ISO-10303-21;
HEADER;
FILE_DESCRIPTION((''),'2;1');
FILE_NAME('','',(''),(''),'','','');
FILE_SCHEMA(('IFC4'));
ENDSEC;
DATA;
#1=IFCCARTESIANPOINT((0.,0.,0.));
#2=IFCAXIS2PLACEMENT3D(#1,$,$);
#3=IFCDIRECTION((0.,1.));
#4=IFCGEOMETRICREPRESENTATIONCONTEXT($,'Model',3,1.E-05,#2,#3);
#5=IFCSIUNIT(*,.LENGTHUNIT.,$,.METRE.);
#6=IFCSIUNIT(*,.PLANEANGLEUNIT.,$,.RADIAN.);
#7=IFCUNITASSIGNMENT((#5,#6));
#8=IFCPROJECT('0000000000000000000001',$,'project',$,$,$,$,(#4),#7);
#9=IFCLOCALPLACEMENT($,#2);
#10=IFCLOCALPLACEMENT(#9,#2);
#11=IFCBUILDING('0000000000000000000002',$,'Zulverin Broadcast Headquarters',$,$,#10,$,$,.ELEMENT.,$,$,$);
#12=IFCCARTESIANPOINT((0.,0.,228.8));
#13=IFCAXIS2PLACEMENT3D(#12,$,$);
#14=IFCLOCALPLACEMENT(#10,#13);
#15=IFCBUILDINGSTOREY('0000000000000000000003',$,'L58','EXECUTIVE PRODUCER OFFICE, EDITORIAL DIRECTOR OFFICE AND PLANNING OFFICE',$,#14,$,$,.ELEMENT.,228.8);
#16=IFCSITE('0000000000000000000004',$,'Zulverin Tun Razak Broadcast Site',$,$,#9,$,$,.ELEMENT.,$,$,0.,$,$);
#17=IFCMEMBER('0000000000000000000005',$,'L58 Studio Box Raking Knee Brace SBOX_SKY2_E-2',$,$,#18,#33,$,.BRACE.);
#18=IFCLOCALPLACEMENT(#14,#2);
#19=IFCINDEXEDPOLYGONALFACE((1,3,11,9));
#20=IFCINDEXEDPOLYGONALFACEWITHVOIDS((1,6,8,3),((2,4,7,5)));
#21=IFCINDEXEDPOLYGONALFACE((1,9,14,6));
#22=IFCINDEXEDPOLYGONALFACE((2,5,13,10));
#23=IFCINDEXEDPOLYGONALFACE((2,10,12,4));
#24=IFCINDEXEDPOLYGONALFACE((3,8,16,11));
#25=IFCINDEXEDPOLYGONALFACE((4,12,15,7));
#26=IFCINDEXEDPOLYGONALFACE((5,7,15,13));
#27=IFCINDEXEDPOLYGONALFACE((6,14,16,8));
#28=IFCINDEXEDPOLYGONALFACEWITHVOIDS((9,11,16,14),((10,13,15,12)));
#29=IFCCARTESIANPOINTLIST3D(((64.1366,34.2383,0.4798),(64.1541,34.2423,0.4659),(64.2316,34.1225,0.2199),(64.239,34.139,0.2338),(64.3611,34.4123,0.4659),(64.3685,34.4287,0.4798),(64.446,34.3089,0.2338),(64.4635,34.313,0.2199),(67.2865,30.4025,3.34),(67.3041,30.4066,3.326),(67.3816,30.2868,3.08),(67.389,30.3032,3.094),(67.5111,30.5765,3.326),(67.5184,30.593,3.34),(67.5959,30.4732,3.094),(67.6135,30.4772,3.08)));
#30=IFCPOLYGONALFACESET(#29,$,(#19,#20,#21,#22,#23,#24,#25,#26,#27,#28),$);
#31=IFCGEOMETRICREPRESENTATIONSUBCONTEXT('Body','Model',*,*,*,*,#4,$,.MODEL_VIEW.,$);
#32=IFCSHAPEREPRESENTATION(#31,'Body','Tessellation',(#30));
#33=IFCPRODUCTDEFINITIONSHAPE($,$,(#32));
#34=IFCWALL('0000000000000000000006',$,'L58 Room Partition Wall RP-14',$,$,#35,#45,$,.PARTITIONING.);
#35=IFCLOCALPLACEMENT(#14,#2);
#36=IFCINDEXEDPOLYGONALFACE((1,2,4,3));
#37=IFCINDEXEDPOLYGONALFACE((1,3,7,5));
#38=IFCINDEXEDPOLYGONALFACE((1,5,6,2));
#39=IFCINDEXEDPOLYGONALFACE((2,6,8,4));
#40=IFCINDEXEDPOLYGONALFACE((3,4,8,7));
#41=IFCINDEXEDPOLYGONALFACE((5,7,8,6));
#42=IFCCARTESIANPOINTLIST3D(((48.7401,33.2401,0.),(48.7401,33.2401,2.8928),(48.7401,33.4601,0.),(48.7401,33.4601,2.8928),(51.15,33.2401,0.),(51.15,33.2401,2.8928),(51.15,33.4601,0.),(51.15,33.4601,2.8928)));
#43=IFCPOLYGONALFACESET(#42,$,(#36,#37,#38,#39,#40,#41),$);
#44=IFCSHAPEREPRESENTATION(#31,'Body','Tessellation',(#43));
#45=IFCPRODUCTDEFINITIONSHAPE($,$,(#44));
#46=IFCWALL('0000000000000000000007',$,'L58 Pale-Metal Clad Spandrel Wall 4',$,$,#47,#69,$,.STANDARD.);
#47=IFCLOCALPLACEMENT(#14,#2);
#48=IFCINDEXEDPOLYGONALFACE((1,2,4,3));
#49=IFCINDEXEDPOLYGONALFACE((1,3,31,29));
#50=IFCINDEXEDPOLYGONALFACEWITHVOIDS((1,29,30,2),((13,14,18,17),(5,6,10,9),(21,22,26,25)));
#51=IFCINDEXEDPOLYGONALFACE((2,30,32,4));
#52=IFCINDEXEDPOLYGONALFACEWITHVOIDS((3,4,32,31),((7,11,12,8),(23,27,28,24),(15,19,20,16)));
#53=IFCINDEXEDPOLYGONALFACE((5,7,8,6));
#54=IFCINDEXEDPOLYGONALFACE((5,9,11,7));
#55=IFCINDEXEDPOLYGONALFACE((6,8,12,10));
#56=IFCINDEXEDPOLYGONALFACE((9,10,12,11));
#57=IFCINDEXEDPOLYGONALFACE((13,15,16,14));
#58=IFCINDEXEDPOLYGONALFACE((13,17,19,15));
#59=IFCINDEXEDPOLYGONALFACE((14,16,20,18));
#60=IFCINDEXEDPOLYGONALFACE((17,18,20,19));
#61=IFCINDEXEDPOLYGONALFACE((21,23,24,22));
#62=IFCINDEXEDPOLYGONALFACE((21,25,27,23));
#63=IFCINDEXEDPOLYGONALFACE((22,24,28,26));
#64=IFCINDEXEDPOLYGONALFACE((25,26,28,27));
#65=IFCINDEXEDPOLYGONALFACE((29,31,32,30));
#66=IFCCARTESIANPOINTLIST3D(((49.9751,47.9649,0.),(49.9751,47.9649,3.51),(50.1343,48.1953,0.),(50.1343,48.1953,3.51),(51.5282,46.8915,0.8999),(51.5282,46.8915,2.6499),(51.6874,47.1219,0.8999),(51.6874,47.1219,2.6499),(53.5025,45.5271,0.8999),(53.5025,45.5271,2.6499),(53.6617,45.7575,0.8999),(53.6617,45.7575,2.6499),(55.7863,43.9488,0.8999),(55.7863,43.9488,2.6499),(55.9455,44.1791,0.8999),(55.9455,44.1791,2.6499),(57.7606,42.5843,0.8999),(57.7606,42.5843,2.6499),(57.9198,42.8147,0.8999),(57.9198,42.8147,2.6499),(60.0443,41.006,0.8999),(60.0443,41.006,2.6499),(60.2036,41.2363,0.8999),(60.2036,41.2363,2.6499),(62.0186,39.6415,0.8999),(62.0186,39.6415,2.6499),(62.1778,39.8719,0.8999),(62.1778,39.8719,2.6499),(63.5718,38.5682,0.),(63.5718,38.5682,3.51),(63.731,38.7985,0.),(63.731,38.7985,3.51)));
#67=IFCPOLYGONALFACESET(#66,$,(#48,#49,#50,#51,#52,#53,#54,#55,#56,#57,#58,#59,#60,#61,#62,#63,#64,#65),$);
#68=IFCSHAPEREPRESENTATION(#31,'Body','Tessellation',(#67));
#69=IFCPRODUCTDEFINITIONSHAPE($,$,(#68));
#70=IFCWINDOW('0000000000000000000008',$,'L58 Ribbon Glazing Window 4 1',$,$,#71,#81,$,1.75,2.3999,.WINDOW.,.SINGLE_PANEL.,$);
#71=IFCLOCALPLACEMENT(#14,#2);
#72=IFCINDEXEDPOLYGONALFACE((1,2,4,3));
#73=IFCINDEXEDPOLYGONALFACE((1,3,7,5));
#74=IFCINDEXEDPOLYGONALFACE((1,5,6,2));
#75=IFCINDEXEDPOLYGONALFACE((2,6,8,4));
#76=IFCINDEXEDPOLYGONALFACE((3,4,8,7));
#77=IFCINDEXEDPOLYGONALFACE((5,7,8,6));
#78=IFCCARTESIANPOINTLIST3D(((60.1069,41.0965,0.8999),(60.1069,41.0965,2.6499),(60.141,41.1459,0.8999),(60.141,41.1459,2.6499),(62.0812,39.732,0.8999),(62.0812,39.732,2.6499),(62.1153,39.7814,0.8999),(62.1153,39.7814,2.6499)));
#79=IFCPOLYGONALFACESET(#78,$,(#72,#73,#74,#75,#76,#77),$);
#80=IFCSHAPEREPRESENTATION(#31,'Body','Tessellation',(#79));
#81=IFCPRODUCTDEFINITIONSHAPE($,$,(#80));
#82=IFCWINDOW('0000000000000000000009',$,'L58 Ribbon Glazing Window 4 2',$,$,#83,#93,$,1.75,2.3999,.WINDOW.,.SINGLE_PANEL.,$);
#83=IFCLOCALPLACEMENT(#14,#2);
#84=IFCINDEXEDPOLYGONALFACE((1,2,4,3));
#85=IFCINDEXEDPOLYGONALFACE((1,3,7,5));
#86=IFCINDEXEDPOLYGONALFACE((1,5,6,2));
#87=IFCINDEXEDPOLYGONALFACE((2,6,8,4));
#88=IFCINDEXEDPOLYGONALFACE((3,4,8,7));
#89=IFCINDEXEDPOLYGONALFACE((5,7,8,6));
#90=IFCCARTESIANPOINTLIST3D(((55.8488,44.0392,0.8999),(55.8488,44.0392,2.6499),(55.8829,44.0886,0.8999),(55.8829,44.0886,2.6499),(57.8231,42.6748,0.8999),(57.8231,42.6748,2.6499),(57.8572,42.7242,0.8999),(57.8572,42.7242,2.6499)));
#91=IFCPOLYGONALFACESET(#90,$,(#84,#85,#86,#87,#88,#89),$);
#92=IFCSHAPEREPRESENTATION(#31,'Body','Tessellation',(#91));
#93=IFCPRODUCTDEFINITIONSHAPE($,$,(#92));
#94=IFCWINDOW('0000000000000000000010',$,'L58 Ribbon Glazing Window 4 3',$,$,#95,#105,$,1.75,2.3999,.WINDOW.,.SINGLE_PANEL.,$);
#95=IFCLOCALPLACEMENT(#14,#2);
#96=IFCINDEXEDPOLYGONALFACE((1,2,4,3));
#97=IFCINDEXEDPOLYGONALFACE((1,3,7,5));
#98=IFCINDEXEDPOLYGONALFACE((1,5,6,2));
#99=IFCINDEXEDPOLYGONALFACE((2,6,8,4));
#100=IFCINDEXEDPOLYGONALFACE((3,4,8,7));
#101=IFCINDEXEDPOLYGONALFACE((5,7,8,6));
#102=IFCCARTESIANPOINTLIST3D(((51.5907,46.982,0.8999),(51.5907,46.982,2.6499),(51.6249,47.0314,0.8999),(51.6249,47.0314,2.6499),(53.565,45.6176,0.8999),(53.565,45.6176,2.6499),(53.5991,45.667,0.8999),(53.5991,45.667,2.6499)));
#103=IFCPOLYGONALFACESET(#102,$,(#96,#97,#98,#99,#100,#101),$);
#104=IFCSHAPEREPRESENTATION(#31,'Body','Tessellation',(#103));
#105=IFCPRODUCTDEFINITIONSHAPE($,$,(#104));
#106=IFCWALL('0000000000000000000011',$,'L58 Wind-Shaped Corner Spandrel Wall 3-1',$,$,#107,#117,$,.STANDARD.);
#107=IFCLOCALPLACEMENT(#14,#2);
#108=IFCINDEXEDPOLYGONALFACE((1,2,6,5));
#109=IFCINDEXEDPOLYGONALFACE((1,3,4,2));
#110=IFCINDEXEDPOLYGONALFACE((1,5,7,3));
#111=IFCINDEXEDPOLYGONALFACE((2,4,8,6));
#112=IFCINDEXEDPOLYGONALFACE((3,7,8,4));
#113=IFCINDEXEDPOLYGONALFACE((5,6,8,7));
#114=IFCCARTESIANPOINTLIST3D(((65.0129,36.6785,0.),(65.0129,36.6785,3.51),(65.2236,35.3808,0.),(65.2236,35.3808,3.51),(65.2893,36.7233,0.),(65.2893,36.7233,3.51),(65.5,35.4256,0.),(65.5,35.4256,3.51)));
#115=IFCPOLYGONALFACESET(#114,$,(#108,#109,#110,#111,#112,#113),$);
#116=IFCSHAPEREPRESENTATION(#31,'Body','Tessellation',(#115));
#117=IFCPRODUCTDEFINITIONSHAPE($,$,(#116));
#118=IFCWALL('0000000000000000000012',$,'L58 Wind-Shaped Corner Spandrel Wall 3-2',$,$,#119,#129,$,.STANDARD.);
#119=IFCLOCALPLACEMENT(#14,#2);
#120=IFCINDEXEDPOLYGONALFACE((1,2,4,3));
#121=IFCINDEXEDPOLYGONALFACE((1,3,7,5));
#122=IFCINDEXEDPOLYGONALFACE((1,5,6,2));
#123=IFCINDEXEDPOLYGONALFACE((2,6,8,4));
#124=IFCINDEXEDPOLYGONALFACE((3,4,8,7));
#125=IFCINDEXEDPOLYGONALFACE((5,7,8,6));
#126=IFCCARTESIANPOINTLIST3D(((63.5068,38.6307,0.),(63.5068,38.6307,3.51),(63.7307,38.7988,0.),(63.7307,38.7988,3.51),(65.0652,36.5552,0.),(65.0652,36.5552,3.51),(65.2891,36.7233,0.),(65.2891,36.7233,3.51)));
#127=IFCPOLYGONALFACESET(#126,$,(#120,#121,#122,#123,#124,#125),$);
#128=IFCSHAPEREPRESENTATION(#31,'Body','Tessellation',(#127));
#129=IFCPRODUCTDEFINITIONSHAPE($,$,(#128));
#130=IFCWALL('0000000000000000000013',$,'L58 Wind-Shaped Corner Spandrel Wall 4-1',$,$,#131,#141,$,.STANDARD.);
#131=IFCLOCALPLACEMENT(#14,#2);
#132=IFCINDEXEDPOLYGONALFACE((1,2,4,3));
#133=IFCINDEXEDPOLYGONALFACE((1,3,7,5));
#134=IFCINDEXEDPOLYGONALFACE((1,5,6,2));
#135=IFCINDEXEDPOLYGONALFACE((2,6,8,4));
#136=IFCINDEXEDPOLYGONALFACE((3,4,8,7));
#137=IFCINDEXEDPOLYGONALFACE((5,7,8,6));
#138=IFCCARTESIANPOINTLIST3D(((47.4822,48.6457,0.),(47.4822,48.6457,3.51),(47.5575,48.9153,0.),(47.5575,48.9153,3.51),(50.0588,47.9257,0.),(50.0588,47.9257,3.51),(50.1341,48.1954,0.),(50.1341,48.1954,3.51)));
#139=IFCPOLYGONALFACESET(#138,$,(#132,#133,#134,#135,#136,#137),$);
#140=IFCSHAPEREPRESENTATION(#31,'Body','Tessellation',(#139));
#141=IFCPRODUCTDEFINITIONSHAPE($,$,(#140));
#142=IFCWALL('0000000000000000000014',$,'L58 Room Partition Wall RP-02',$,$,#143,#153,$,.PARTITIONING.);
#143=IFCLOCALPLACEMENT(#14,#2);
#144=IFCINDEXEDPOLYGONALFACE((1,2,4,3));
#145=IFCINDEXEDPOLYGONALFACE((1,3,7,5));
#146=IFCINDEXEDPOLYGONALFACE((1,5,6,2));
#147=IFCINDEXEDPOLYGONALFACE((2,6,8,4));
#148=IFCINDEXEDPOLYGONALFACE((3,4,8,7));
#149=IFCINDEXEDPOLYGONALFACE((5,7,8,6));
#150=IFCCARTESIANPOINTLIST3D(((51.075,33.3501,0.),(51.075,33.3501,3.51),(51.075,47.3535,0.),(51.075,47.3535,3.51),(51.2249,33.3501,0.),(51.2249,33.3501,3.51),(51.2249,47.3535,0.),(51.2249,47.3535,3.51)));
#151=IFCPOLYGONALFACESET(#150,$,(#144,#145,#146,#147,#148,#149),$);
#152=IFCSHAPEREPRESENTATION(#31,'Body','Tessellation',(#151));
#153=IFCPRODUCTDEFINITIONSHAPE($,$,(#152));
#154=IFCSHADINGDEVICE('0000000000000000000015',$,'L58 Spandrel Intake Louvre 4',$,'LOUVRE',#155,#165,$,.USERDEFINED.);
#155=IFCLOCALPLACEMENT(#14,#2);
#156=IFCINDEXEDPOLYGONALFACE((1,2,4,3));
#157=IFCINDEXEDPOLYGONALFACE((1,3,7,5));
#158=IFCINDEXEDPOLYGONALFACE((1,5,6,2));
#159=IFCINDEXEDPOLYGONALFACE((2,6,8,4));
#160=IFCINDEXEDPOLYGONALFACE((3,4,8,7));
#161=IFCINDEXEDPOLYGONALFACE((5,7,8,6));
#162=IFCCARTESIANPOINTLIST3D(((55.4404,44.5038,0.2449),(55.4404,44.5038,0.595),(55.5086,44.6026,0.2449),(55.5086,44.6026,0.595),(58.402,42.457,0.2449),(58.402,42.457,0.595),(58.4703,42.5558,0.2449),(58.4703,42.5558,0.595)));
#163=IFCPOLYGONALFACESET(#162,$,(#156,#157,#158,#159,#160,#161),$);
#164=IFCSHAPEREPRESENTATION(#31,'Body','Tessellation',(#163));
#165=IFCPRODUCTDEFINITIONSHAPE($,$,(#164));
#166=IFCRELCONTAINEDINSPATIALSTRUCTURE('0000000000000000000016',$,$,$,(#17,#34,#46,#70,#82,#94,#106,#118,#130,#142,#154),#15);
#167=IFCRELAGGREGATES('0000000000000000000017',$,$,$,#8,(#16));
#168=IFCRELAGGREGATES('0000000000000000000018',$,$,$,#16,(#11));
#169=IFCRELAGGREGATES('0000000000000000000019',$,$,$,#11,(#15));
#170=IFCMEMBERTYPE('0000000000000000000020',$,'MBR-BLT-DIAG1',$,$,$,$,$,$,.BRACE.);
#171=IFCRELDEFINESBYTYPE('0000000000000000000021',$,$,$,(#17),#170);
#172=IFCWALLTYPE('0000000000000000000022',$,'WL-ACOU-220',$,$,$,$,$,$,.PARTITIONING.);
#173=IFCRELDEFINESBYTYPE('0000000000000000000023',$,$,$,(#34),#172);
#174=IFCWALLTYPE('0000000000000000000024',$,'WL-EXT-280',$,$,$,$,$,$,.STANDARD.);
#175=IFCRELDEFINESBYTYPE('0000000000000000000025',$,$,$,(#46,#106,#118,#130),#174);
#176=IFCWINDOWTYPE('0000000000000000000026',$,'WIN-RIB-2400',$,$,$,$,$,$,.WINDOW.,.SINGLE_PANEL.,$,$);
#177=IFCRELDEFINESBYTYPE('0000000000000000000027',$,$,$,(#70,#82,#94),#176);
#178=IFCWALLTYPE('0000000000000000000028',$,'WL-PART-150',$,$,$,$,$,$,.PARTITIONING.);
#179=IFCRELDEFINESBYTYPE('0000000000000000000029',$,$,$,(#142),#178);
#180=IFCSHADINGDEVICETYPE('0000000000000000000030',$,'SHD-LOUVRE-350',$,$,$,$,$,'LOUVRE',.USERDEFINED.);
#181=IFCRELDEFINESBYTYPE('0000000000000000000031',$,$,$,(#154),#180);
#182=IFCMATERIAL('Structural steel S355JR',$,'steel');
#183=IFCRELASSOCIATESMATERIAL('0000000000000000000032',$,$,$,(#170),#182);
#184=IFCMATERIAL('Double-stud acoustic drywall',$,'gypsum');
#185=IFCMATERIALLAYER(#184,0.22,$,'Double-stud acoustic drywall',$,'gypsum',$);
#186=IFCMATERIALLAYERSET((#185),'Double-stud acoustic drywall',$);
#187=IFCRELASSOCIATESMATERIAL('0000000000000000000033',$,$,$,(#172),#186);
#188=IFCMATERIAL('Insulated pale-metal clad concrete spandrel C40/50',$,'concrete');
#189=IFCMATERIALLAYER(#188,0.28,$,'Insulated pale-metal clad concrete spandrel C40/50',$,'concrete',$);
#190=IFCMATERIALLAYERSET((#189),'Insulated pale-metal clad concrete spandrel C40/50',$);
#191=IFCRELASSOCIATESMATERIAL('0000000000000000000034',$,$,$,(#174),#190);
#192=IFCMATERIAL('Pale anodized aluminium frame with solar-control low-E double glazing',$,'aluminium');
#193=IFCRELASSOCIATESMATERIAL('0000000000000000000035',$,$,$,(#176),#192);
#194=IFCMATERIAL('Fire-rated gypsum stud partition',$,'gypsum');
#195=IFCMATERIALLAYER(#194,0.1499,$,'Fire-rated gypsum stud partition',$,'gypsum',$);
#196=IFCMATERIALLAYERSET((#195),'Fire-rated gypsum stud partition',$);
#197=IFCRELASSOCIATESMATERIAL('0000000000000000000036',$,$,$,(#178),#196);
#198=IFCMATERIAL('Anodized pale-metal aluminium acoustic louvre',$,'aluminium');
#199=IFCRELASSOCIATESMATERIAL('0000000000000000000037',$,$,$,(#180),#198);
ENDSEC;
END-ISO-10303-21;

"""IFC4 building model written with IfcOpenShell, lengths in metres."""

from ifc_helpers import new_model, si_unit, direction, frame, frame_2d, origin, origin_2d, place, context, subcontext, project, spatial, rectangle, hollow_rectangle, extrude, material, layer, layer_set, material_profile, profile_set, type_object, element, fill, save


model = new_model("IFC4")

# Units and contexts
model_context = context("Model", 3, precision=1e-05, world=origin(), true_north=direction((0.0, 1.0)))
body_context = subcontext(model_context, "Body", "Model", "MODEL_VIEW")
ifc_project = project(units=[si_unit("LENGTHUNIT", "METRE"), si_unit("PLANEANGLEUNIT", "RADIAN")], contexts=[model_context])

# Site, building, storey
site_placement = place(None, origin())
site = spatial("IfcSite", under=ifc_project, at=site_placement, Name="Zulverin Tun Razak Broadcast Site", CompositionType="ELEMENT", RefElevation=0.0)
building_placement = place(site_placement, origin())
building = spatial("IfcBuilding", under=site, at=building_placement, Name="Zulverin Broadcast Headquarters", CompositionType="ELEMENT")
storey_placement = place(building_placement, frame((0.0, 0.0, 228.8)))
storey = spatial("IfcBuildingStorey", under=building, at=storey_placement, Name="L58", Description="EXECUTIVE PRODUCER OFFICE, EDITORIAL DIRECTOR OFFICE AND PLANNING OFFICE", CompositionType="ELEMENT", Elevation=228.8)

# Shared definitions
ifc_material_1 = material(Name="Structural steel S355JR", Category="steel")

# Member
ifc_material_profile_1 = material_profile(ifc_material_1, hollow_rectangle(XDim=0.3, YDim=0.3, WallThickness=0.0161, at=origin_2d()), Name="Structural steel S355JR", Category="steel")
ifc_profile_set_1 = profile_set([ifc_material_profile_1], Name="Structural steel S355JR")
member_type = type_object("IfcMemberType", Name="MBR-BLT-DIAG1", PredefinedType="BRACE", material=ifc_profile_set_1)
member_placement = place(storey_placement, frame((64.3, 34.2756, 0.3499), z_axis=(0.549874, -0.669592, 0.499285), x_axis=(0.77281, 0.634638, 0.0)))
element("IfcMember", 1, at=member_placement, inside=storey, type_object=member_type, Name="L58 Studio Box Raking Knee Brace SBOX_SKY2_E-2", PredefinedType="BRACE", context=body_context, shape_type="SweptSolid", body=[
    extrude(hollow_rectangle(XDim=0.3, YDim=0.3, WallThickness=0.0161, at=origin_2d()), origin(), (0.0, 0.0, 1.0), 5.7285),
])

# Wall
ifc_material_2 = material(Name="Double-stud acoustic drywall", Category="gypsum")
ifc_layer_1 = layer(ifc_material_2, 0.22, Name="Double-stud acoustic drywall", Category="gypsum")
ifc_layer_set_1 = layer_set([ifc_layer_1], Name="Double-stud acoustic drywall")
wall_type_1 = type_object("IfcWallType", Name="WL-ACOU-220", PredefinedType="PARTITIONING", material=ifc_layer_set_1)
wall_1_placement = place(storey_placement, frame((48.74, 33.3501, 0.0), z_axis=(0.0, 0.0, 1.0), x_axis=(1.0, 0.0, 0.0)))
element("IfcWall", 2, at=wall_1_placement, inside=storey, type_object=wall_type_1, Name="L58 Room Partition Wall RP-14", PredefinedType="PARTITIONING", context=body_context, shape_type="SweptSolid", body=[
    extrude(rectangle(XDim=2.4099, YDim=0.22, at=frame_2d((1.2051, 0.0))), origin(), (0.0, 0.0, 1.0), 2.8928),
])

# Wall, openings, windows
ifc_material_3 = material(Name="Insulated pale-metal clad concrete spandrel C40/50", Category="concrete")
ifc_layer_2 = layer(ifc_material_3, 0.28, Name="Insulated pale-metal clad concrete spandrel C40/50", Category="concrete")
ifc_layer_set_2 = layer_set([ifc_layer_2], Name="Insulated pale-metal clad concrete spandrel C40/50")
wall_type_2 = type_object("IfcWallType", Name="WL-EXT-280", PredefinedType="STANDARD", material=ifc_layer_set_2)
wall_2_placement = place(storey_placement, frame((63.6514, 38.6833, 0.0), z_axis=(0.0, 0.0, 1.0), x_axis=(-0.822655, 0.568541, 0.0)))
wall_2 = element("IfcWall", 3, at=wall_2_placement, inside=storey, type_object=wall_type_2, Name="L58 Pale-Metal Clad Spandrel Wall 4", PredefinedType="STANDARD", context=body_context, shape_type="SweptSolid", body=[
    extrude(rectangle(XDim=16.5278, YDim=0.28, at=frame_2d((8.2639, 0.0))), origin(), (0.0, 0.0, 1.0), 3.51),
])
opening_1_placement = place(wall_2_placement, frame((1.8879, 0.0, 0.8999)))
opening_1 = element("IfcOpeningElement", 4, at=opening_1_placement, cuts=wall_2, PredefinedType="OPENING", context=body_context, shape_type="SweptSolid", body=[
    extrude(rectangle(XDim=2.3999, YDim=1.75, at=frame_2d((1.2, 0.875))), frame((0.0, 0.1499, 0.0), z_axis=(0.0, -1.0, 0.0), x_axis=(1.0, 0.0, 0.0)), (0.0, 0.0, 1.0), 0.3),
])
opening_2_placement = place(wall_2_placement, frame((7.064, 0.0, 0.8999)))
opening_2 = element("IfcOpeningElement", 5, at=opening_2_placement, cuts=wall_2, PredefinedType="OPENING", context=body_context, shape_type="SweptSolid", body=[
    extrude(rectangle(XDim=2.3999, YDim=1.75, at=frame_2d((1.2, 0.875))), frame((0.0, 0.1499, 0.0), z_axis=(0.0, -1.0, 0.0), x_axis=(1.0, 0.0, 0.0)), (0.0, 0.0, 1.0), 0.3),
])
opening_3_placement = place(wall_2_placement, frame((12.24, 0.0, 0.8999)))
opening_3 = element("IfcOpeningElement", 6, at=opening_3_placement, cuts=wall_2, PredefinedType="OPENING", context=body_context, shape_type="SweptSolid", body=[
    extrude(rectangle(XDim=2.3999, YDim=1.75, at=frame_2d((1.2, 0.875))), frame((0.0, 0.1499, 0.0), z_axis=(0.0, -1.0, 0.0), x_axis=(1.0, 0.0, 0.0)), (0.0, 0.0, 1.0), 0.3),
])
ifc_material_4 = material(Name="Pale anodized aluminium frame with solar-control low-E double glazing", Category="aluminium")
window_type = type_object("IfcWindowType", Name="WIN-RIB-2400", PartitioningType="SINGLE_PANEL", PredefinedType="WINDOW", material=ifc_material_4)
window_1_placement = place(opening_1_placement, origin())
window_1 = element("IfcWindow", 7, at=window_1_placement, inside=storey, type_object=window_type, Name="L58 Ribbon Glazing Window 4 1", OverallHeight=1.75, OverallWidth=2.3999, PartitioningType="SINGLE_PANEL", PredefinedType="WINDOW", context=body_context, shape_type="SweptSolid", body=[
    extrude(rectangle(XDim=2.3999, YDim=1.75, at=frame_2d((1.2, 0.875))), frame((0.0, 0.03, 0.0), z_axis=(0.0, -1.0, 0.0), x_axis=(1.0, 0.0, 0.0)), (0.0, 0.0, 1.0), 0.0601),
])
fill(opening_1, window_1)
window_2_placement = place(opening_2_placement, origin())
window_2 = element("IfcWindow", 8, at=window_2_placement, inside=storey, type_object=window_type, Name="L58 Ribbon Glazing Window 4 2", OverallHeight=1.75, OverallWidth=2.3999, PartitioningType="SINGLE_PANEL", PredefinedType="WINDOW", context=body_context, shape_type="SweptSolid", body=[
    extrude(rectangle(XDim=2.3999, YDim=1.75, at=frame_2d((1.2, 0.875))), frame((0.0, 0.03, 0.0), z_axis=(0.0, -1.0, 0.0), x_axis=(1.0, 0.0, 0.0)), (0.0, 0.0, 1.0), 0.0601),
])
fill(opening_2, window_2)
window_3_placement = place(opening_3_placement, origin())
window_3 = element("IfcWindow", 9, at=window_3_placement, inside=storey, type_object=window_type, Name="L58 Ribbon Glazing Window 4 3", OverallHeight=1.75, OverallWidth=2.3999, PartitioningType="SINGLE_PANEL", PredefinedType="WINDOW", context=body_context, shape_type="SweptSolid", body=[
    extrude(rectangle(XDim=2.3999, YDim=1.75, at=frame_2d((1.2, 0.875))), frame((0.0, 0.03, 0.0), z_axis=(0.0, -1.0, 0.0), x_axis=(1.0, 0.0, 0.0)), (0.0, 0.0, 1.0), 0.0601),
])
fill(opening_3, window_3)

# Walls
wall_3_placement = place(storey_placement, frame((65.3618, 35.4033, 0.0), z_axis=(0.0, 0.0, 1.0), x_axis=(-0.160272, 0.987073, 0.0)))
element("IfcWall", 10, at=wall_3_placement, inside=storey, type_object=wall_type_2, Name="L58 Wind-Shaped Corner Spandrel Wall 3-1", PredefinedType="STANDARD", context=body_context, shape_type="SweptSolid", body=[
    extrude(rectangle(XDim=1.3147, YDim=0.28, at=frame_2d((0.6572, 0.0))), origin(), (0.0, 0.0, 1.0), 3.51),
])
wall_4_placement = place(storey_placement, frame((65.1772, 36.6392, 0.0), z_axis=(0.0, 0.0, 1.0), x_axis=(-0.600436, 0.799673, 0.0)))
element("IfcWall", 11, at=wall_4_placement, inside=storey, type_object=wall_type_2, Name="L58 Wind-Shaped Corner Spandrel Wall 3-2", PredefinedType="STANDARD", context=body_context, shape_type="SweptSolid", body=[
    extrude(rectangle(XDim=2.5955, YDim=0.28, at=frame_2d((1.2979, 0.0))), origin(), (0.0, 0.0, 1.0), 3.51),
])
wall_5_placement = place(storey_placement, frame((50.0964, 48.0605, 0.0), z_axis=(0.0, 0.0, 1.0), x_axis=(-0.963109, 0.269112, 0.0)))
element("IfcWall", 12, at=wall_5_placement, inside=storey, type_object=wall_type_2, Name="L58 Wind-Shaped Corner Spandrel Wall 4-1", PredefinedType="STANDARD", context=body_context, shape_type="SweptSolid", body=[
    extrude(rectangle(XDim=2.6753, YDim=0.28, at=frame_2d((1.3376, 0.0))), origin(), (0.0, 0.0, 1.0), 3.51),
])
ifc_material_5 = material(Name="Fire-rated gypsum stud partition", Category="gypsum")
ifc_layer_3 = layer(ifc_material_5, 0.1499, Name="Fire-rated gypsum stud partition", Category="gypsum")
ifc_layer_set_3 = layer_set([ifc_layer_3], Name="Fire-rated gypsum stud partition")
wall_type_3 = type_object("IfcWallType", Name="WL-PART-150", PredefinedType="PARTITIONING", material=ifc_layer_set_3)
wall_6_placement = place(storey_placement, frame((51.1499, 33.3501, 0.0), z_axis=(0.0, 0.0, 1.0), x_axis=(0.0, 1.0, 0.0)))
element("IfcWall", 13, at=wall_6_placement, inside=storey, type_object=wall_type_3, Name="L58 Room Partition Wall RP-02", PredefinedType="PARTITIONING", context=body_context, shape_type="SweptSolid", body=[
    extrude(rectangle(XDim=14.0034, YDim=0.1499, at=frame_2d((7.0017, 0.0))), origin(), (0.0, 0.0, 1.0), 3.51),
])

# Shading device
ifc_material_6 = material(Name="Anodized pale-metal aluminium acoustic louvre", Category="aluminium")
shading_device_type_1 = type_object("IfcShadingDeviceType", Name="SHD-LOUVRE-350", ElementType="LOUVRE", PredefinedType="USERDEFINED", material=ifc_material_6)
shading_device_1_placement = place(storey_placement, frame((56.9553, 43.5298, 0.2449), z_axis=(0.0, 0.0, 1.0), x_axis=(-0.822655, 0.56854, 0.0)))
element("IfcShadingDevice", 14, at=shading_device_1_placement, inside=storey, type_object=shading_device_type_1, Name="L58 Spandrel Intake Louvre 4", ObjectType="LOUVRE", PredefinedType="USERDEFINED", context=body_context, shape_type="SweptSolid", body=[
    extrude(rectangle(XDim=3.6001, YDim=0.1201, at=origin_2d()), origin(), (0.0, 0.0, 1.0), 0.3501),
])

save(model, "model.ifc")
